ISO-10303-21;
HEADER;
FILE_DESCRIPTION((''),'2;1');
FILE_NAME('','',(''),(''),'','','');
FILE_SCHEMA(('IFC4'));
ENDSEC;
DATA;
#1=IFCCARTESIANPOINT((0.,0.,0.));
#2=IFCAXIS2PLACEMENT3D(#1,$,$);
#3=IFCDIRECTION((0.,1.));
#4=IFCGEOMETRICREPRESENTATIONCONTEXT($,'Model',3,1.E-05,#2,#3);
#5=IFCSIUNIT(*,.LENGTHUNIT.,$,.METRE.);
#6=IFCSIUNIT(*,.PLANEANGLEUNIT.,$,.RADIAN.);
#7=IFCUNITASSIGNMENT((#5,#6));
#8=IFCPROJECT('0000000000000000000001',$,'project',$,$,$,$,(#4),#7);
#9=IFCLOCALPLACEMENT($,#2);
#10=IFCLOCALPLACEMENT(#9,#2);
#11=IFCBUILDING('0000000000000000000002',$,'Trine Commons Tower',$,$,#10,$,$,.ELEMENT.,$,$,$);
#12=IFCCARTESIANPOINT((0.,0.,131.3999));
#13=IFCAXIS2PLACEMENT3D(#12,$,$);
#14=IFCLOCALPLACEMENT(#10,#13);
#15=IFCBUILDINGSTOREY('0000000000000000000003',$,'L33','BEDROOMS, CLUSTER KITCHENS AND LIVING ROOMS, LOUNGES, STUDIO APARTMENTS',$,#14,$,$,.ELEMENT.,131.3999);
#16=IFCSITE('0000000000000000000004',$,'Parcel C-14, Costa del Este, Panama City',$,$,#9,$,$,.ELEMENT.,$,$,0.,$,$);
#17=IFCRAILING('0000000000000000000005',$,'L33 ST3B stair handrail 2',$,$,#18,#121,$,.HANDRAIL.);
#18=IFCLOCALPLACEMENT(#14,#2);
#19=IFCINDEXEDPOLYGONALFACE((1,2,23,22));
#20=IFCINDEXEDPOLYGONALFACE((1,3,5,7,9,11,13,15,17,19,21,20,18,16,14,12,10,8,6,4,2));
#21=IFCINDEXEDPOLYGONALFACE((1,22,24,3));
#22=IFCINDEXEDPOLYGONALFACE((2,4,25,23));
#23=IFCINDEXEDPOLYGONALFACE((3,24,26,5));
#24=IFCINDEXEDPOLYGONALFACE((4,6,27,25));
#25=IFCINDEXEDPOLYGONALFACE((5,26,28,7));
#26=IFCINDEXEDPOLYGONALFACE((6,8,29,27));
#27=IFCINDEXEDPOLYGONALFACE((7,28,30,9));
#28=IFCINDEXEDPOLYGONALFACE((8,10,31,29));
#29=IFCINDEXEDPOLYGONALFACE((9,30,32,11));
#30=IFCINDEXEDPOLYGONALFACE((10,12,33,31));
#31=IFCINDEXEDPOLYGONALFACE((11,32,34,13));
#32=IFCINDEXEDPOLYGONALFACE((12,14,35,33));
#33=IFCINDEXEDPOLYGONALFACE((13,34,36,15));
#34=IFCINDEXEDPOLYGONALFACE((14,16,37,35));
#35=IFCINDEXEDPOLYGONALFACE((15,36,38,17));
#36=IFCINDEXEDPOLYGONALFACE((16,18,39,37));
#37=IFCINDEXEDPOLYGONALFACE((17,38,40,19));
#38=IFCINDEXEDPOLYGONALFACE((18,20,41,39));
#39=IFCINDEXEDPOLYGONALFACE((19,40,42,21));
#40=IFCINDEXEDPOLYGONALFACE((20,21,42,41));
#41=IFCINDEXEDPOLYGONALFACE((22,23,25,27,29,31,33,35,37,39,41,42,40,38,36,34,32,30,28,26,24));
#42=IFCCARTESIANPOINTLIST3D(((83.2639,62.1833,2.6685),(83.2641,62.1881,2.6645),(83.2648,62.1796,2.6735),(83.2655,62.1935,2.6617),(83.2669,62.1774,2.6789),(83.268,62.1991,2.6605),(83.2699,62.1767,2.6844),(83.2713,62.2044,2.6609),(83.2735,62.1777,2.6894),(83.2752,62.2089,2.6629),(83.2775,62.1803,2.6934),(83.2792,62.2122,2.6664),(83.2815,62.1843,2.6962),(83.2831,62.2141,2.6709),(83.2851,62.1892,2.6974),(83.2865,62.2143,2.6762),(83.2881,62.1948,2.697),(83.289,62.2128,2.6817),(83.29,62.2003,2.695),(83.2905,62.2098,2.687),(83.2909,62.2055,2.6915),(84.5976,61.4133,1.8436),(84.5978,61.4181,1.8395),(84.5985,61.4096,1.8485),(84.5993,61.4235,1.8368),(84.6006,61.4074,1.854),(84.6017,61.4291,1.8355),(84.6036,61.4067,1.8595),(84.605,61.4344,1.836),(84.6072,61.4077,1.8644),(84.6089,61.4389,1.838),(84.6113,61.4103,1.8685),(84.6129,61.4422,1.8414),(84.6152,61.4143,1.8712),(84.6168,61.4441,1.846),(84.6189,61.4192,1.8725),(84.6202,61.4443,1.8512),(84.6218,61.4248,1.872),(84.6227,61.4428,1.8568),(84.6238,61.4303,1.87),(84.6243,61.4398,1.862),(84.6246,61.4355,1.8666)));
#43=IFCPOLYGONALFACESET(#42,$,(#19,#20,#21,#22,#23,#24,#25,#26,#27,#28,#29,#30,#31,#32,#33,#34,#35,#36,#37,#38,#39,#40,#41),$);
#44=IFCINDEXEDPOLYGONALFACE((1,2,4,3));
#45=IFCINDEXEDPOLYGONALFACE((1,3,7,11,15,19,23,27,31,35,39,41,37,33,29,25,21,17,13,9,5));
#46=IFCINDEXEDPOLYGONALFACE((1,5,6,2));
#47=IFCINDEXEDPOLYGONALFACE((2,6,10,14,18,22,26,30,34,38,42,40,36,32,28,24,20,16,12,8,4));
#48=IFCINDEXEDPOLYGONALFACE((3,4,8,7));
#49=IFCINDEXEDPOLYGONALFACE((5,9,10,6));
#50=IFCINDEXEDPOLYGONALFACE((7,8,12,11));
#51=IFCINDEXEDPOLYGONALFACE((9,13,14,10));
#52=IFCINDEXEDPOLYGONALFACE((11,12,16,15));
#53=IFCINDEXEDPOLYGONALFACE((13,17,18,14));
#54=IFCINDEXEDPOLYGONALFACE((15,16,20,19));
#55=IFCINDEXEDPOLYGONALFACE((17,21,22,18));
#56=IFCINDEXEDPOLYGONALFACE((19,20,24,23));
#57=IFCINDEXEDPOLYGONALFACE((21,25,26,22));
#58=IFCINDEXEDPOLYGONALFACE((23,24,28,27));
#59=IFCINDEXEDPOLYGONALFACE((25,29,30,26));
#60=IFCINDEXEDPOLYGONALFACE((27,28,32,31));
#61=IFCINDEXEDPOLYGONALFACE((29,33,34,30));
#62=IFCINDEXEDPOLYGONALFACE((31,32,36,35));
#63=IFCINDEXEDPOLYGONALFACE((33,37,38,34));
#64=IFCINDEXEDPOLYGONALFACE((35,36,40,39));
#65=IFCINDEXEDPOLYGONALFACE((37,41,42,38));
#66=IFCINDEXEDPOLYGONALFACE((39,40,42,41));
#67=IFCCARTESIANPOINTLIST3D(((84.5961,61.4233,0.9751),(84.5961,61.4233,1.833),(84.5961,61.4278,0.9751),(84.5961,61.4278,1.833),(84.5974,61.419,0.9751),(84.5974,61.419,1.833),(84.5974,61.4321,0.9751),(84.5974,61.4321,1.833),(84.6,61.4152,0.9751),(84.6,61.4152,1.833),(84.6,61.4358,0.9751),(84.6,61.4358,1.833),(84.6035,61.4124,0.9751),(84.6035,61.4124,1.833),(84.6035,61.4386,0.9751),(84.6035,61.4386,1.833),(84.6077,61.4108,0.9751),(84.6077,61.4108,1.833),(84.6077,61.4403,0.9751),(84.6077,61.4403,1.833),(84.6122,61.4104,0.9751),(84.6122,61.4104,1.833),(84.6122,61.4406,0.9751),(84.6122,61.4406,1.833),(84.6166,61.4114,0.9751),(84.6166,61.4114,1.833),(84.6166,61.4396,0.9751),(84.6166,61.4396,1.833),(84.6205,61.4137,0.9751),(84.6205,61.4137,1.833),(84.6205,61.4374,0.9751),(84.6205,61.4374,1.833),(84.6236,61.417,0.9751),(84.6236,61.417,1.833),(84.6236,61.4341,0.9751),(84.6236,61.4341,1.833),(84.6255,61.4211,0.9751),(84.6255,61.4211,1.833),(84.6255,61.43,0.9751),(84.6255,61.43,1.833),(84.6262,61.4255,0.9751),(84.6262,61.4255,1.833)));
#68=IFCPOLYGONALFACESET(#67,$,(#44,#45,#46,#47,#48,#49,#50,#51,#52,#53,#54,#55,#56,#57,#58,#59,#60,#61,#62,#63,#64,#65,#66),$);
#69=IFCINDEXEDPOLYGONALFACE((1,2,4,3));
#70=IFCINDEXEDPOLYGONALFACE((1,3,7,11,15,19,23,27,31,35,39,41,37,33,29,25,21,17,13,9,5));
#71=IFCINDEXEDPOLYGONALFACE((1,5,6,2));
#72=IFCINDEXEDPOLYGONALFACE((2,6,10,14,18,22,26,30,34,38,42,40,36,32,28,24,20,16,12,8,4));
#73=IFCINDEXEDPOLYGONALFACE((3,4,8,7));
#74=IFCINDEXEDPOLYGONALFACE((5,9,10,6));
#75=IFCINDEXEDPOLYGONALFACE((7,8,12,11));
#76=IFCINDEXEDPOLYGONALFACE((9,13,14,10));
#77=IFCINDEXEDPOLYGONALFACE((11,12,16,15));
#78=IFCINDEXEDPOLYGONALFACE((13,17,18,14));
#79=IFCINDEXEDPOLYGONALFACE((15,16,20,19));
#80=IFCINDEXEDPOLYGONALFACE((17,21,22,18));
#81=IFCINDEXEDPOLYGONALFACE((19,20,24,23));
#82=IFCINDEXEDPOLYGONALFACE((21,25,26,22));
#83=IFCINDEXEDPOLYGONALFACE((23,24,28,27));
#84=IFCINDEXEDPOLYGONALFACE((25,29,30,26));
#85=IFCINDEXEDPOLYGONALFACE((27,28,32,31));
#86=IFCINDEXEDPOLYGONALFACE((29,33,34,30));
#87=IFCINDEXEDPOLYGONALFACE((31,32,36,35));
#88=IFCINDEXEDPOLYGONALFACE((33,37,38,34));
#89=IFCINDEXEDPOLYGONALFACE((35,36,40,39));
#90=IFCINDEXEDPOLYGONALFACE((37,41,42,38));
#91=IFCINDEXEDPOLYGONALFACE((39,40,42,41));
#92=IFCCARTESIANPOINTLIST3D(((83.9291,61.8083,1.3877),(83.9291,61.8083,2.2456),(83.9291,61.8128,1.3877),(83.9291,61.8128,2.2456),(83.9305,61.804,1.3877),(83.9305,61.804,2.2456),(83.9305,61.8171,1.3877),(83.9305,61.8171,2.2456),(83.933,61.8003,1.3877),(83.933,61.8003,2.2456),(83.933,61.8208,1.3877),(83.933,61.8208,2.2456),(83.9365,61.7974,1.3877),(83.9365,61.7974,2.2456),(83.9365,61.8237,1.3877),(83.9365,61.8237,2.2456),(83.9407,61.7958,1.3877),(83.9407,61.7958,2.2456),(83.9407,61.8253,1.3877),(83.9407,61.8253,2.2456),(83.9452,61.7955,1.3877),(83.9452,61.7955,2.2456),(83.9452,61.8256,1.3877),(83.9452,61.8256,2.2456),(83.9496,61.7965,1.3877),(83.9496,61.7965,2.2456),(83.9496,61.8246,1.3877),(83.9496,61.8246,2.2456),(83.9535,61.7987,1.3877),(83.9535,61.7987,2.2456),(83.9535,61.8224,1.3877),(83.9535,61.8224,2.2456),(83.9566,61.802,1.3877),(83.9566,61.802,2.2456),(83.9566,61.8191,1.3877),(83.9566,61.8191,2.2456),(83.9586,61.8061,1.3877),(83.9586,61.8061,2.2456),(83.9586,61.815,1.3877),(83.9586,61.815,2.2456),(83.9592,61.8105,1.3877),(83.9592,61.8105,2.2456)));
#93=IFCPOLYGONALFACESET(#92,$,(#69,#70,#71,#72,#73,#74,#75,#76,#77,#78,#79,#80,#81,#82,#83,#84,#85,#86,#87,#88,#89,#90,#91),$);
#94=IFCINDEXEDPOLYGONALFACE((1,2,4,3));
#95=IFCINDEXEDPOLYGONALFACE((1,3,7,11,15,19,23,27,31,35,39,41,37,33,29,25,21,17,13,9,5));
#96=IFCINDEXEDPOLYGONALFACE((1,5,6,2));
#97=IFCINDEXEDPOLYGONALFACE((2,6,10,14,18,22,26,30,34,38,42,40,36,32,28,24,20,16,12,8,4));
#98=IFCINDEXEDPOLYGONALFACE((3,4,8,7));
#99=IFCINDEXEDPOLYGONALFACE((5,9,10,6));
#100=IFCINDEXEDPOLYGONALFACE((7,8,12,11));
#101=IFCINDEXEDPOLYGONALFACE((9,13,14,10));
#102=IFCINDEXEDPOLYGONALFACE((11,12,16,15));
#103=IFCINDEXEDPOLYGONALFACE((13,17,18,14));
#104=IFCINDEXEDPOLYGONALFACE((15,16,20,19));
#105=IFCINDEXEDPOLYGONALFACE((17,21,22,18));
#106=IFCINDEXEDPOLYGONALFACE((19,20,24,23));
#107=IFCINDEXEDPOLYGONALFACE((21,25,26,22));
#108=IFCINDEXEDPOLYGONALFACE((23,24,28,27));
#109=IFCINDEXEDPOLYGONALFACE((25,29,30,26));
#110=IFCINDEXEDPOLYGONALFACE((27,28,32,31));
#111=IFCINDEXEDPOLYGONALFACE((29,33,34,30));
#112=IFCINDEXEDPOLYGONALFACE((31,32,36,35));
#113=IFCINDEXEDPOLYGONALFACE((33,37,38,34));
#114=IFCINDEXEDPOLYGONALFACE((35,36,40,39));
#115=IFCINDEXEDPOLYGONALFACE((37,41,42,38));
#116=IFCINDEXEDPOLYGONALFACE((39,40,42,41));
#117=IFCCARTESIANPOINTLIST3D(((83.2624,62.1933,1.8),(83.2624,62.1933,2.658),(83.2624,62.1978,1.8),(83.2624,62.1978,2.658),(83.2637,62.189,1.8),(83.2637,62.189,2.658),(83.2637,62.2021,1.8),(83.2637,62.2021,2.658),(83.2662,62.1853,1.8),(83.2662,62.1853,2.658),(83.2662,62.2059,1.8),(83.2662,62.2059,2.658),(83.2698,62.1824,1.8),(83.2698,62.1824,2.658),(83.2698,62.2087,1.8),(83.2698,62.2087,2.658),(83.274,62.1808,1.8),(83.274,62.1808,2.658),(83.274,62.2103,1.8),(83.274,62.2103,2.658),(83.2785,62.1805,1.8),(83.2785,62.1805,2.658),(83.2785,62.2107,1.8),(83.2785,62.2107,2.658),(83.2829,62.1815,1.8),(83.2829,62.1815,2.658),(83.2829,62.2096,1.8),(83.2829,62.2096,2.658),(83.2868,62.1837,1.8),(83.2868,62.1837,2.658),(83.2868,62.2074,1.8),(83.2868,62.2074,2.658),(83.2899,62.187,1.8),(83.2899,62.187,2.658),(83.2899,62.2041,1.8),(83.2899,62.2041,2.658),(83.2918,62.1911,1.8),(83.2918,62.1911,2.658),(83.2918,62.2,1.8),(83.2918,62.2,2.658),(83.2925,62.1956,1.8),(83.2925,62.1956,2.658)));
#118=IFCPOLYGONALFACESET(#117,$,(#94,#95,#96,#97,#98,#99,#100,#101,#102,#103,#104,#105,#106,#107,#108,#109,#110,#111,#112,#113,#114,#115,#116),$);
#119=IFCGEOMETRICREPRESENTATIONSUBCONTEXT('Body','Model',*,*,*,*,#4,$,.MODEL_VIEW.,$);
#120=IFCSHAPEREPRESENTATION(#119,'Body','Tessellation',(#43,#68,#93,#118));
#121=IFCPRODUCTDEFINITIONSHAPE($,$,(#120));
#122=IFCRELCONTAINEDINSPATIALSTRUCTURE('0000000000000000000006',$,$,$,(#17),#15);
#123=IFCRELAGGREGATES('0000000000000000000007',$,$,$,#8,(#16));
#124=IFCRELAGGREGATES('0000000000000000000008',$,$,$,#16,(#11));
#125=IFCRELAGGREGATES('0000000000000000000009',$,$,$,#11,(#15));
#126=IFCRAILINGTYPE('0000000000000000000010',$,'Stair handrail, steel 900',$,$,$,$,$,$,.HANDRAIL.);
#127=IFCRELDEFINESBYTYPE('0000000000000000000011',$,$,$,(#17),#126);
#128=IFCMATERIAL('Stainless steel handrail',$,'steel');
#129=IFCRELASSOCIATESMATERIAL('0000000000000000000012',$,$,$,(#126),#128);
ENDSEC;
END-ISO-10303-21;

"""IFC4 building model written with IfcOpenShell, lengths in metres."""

from ifc_helpers import new_model, si_unit, direction, frame, origin, origin_2d, place, context, subcontext, project, spatial, circle, extrude, material, type_object, element, save


model = new_model("IFC4")

# Units and contexts
model_context = context("Model", 3, precision=1e-05, world=origin(), true_north=direction((0.0, 1.0)))
body_context = subcontext(model_context, "Body", "Model", "MODEL_VIEW")
ifc_project = project(units=[si_unit("LENGTHUNIT", "METRE"), si_unit("PLANEANGLEUNIT", "RADIAN")], contexts=[model_context])

# Site, building, storey
site_placement = place(None, origin())
site = spatial("IfcSite", under=ifc_project, at=site_placement, Name="Parcel C-14, Costa del Este, Panama City", CompositionType="ELEMENT", RefElevation=0.0)
building_placement = place(site_placement, origin())
building = spatial("IfcBuilding", under=site, at=building_placement, Name="Trine Commons Tower", CompositionType="ELEMENT")
storey_placement = place(building_placement, frame((0.0, 0.0, 131.3999)))
storey = spatial("IfcBuildingStorey", under=building, at=storey_placement, Name="L33", Description="BEDROOMS, CLUSTER KITCHENS AND LIVING ROOMS, LOUNGES, STUDIO APARTMENTS", CompositionType="ELEMENT", Elevation=131.3999)

# Railing
ifc_material_1 = material(Name="Stainless steel handrail", Category="steel")
railing_type_1 = type_object("IfcRailingType", Name="Stair handrail, steel 900", PredefinedType="HANDRAIL", material=ifc_material_1)
for number, where, name in (
    (1, (84.6111, 61.4255, 0.9751), "L33 ST3B stair handrail 2"),
):
    element("IfcRailing", number, at=place(storey_placement, frame(where)), inside=storey, type_object=railing_type_1, Name=name, PredefinedType="HANDRAIL", context=body_context, shape_type="SweptSolid", body=[
        extrude(circle(Radius=0.021, at=origin_2d()), frame((0.0, 0.0, 0.8789), z_axis=(-0.763405, 0.440743, 0.472185), x_axis=(-0.499992, -0.86603, 0.0)), (0.0, 0.0, 1.0), 1.7471),
        extrude(circle(Radius=0.0151, at=origin_2d()), origin(), (0.0, 0.0, 1.0), 0.8579),
        extrude(circle(Radius=0.0151, at=origin_2d()), frame((-0.667, 0.385, 0.4126)), (0.0, 0.0, 1.0), 0.8579),
        extrude(circle(Radius=0.0151, at=origin_2d()), frame((-1.3337, 0.77, 0.825)), (0.0, 0.0, 1.0), 0.8579),
    ])

save(model, "model.ifc")
